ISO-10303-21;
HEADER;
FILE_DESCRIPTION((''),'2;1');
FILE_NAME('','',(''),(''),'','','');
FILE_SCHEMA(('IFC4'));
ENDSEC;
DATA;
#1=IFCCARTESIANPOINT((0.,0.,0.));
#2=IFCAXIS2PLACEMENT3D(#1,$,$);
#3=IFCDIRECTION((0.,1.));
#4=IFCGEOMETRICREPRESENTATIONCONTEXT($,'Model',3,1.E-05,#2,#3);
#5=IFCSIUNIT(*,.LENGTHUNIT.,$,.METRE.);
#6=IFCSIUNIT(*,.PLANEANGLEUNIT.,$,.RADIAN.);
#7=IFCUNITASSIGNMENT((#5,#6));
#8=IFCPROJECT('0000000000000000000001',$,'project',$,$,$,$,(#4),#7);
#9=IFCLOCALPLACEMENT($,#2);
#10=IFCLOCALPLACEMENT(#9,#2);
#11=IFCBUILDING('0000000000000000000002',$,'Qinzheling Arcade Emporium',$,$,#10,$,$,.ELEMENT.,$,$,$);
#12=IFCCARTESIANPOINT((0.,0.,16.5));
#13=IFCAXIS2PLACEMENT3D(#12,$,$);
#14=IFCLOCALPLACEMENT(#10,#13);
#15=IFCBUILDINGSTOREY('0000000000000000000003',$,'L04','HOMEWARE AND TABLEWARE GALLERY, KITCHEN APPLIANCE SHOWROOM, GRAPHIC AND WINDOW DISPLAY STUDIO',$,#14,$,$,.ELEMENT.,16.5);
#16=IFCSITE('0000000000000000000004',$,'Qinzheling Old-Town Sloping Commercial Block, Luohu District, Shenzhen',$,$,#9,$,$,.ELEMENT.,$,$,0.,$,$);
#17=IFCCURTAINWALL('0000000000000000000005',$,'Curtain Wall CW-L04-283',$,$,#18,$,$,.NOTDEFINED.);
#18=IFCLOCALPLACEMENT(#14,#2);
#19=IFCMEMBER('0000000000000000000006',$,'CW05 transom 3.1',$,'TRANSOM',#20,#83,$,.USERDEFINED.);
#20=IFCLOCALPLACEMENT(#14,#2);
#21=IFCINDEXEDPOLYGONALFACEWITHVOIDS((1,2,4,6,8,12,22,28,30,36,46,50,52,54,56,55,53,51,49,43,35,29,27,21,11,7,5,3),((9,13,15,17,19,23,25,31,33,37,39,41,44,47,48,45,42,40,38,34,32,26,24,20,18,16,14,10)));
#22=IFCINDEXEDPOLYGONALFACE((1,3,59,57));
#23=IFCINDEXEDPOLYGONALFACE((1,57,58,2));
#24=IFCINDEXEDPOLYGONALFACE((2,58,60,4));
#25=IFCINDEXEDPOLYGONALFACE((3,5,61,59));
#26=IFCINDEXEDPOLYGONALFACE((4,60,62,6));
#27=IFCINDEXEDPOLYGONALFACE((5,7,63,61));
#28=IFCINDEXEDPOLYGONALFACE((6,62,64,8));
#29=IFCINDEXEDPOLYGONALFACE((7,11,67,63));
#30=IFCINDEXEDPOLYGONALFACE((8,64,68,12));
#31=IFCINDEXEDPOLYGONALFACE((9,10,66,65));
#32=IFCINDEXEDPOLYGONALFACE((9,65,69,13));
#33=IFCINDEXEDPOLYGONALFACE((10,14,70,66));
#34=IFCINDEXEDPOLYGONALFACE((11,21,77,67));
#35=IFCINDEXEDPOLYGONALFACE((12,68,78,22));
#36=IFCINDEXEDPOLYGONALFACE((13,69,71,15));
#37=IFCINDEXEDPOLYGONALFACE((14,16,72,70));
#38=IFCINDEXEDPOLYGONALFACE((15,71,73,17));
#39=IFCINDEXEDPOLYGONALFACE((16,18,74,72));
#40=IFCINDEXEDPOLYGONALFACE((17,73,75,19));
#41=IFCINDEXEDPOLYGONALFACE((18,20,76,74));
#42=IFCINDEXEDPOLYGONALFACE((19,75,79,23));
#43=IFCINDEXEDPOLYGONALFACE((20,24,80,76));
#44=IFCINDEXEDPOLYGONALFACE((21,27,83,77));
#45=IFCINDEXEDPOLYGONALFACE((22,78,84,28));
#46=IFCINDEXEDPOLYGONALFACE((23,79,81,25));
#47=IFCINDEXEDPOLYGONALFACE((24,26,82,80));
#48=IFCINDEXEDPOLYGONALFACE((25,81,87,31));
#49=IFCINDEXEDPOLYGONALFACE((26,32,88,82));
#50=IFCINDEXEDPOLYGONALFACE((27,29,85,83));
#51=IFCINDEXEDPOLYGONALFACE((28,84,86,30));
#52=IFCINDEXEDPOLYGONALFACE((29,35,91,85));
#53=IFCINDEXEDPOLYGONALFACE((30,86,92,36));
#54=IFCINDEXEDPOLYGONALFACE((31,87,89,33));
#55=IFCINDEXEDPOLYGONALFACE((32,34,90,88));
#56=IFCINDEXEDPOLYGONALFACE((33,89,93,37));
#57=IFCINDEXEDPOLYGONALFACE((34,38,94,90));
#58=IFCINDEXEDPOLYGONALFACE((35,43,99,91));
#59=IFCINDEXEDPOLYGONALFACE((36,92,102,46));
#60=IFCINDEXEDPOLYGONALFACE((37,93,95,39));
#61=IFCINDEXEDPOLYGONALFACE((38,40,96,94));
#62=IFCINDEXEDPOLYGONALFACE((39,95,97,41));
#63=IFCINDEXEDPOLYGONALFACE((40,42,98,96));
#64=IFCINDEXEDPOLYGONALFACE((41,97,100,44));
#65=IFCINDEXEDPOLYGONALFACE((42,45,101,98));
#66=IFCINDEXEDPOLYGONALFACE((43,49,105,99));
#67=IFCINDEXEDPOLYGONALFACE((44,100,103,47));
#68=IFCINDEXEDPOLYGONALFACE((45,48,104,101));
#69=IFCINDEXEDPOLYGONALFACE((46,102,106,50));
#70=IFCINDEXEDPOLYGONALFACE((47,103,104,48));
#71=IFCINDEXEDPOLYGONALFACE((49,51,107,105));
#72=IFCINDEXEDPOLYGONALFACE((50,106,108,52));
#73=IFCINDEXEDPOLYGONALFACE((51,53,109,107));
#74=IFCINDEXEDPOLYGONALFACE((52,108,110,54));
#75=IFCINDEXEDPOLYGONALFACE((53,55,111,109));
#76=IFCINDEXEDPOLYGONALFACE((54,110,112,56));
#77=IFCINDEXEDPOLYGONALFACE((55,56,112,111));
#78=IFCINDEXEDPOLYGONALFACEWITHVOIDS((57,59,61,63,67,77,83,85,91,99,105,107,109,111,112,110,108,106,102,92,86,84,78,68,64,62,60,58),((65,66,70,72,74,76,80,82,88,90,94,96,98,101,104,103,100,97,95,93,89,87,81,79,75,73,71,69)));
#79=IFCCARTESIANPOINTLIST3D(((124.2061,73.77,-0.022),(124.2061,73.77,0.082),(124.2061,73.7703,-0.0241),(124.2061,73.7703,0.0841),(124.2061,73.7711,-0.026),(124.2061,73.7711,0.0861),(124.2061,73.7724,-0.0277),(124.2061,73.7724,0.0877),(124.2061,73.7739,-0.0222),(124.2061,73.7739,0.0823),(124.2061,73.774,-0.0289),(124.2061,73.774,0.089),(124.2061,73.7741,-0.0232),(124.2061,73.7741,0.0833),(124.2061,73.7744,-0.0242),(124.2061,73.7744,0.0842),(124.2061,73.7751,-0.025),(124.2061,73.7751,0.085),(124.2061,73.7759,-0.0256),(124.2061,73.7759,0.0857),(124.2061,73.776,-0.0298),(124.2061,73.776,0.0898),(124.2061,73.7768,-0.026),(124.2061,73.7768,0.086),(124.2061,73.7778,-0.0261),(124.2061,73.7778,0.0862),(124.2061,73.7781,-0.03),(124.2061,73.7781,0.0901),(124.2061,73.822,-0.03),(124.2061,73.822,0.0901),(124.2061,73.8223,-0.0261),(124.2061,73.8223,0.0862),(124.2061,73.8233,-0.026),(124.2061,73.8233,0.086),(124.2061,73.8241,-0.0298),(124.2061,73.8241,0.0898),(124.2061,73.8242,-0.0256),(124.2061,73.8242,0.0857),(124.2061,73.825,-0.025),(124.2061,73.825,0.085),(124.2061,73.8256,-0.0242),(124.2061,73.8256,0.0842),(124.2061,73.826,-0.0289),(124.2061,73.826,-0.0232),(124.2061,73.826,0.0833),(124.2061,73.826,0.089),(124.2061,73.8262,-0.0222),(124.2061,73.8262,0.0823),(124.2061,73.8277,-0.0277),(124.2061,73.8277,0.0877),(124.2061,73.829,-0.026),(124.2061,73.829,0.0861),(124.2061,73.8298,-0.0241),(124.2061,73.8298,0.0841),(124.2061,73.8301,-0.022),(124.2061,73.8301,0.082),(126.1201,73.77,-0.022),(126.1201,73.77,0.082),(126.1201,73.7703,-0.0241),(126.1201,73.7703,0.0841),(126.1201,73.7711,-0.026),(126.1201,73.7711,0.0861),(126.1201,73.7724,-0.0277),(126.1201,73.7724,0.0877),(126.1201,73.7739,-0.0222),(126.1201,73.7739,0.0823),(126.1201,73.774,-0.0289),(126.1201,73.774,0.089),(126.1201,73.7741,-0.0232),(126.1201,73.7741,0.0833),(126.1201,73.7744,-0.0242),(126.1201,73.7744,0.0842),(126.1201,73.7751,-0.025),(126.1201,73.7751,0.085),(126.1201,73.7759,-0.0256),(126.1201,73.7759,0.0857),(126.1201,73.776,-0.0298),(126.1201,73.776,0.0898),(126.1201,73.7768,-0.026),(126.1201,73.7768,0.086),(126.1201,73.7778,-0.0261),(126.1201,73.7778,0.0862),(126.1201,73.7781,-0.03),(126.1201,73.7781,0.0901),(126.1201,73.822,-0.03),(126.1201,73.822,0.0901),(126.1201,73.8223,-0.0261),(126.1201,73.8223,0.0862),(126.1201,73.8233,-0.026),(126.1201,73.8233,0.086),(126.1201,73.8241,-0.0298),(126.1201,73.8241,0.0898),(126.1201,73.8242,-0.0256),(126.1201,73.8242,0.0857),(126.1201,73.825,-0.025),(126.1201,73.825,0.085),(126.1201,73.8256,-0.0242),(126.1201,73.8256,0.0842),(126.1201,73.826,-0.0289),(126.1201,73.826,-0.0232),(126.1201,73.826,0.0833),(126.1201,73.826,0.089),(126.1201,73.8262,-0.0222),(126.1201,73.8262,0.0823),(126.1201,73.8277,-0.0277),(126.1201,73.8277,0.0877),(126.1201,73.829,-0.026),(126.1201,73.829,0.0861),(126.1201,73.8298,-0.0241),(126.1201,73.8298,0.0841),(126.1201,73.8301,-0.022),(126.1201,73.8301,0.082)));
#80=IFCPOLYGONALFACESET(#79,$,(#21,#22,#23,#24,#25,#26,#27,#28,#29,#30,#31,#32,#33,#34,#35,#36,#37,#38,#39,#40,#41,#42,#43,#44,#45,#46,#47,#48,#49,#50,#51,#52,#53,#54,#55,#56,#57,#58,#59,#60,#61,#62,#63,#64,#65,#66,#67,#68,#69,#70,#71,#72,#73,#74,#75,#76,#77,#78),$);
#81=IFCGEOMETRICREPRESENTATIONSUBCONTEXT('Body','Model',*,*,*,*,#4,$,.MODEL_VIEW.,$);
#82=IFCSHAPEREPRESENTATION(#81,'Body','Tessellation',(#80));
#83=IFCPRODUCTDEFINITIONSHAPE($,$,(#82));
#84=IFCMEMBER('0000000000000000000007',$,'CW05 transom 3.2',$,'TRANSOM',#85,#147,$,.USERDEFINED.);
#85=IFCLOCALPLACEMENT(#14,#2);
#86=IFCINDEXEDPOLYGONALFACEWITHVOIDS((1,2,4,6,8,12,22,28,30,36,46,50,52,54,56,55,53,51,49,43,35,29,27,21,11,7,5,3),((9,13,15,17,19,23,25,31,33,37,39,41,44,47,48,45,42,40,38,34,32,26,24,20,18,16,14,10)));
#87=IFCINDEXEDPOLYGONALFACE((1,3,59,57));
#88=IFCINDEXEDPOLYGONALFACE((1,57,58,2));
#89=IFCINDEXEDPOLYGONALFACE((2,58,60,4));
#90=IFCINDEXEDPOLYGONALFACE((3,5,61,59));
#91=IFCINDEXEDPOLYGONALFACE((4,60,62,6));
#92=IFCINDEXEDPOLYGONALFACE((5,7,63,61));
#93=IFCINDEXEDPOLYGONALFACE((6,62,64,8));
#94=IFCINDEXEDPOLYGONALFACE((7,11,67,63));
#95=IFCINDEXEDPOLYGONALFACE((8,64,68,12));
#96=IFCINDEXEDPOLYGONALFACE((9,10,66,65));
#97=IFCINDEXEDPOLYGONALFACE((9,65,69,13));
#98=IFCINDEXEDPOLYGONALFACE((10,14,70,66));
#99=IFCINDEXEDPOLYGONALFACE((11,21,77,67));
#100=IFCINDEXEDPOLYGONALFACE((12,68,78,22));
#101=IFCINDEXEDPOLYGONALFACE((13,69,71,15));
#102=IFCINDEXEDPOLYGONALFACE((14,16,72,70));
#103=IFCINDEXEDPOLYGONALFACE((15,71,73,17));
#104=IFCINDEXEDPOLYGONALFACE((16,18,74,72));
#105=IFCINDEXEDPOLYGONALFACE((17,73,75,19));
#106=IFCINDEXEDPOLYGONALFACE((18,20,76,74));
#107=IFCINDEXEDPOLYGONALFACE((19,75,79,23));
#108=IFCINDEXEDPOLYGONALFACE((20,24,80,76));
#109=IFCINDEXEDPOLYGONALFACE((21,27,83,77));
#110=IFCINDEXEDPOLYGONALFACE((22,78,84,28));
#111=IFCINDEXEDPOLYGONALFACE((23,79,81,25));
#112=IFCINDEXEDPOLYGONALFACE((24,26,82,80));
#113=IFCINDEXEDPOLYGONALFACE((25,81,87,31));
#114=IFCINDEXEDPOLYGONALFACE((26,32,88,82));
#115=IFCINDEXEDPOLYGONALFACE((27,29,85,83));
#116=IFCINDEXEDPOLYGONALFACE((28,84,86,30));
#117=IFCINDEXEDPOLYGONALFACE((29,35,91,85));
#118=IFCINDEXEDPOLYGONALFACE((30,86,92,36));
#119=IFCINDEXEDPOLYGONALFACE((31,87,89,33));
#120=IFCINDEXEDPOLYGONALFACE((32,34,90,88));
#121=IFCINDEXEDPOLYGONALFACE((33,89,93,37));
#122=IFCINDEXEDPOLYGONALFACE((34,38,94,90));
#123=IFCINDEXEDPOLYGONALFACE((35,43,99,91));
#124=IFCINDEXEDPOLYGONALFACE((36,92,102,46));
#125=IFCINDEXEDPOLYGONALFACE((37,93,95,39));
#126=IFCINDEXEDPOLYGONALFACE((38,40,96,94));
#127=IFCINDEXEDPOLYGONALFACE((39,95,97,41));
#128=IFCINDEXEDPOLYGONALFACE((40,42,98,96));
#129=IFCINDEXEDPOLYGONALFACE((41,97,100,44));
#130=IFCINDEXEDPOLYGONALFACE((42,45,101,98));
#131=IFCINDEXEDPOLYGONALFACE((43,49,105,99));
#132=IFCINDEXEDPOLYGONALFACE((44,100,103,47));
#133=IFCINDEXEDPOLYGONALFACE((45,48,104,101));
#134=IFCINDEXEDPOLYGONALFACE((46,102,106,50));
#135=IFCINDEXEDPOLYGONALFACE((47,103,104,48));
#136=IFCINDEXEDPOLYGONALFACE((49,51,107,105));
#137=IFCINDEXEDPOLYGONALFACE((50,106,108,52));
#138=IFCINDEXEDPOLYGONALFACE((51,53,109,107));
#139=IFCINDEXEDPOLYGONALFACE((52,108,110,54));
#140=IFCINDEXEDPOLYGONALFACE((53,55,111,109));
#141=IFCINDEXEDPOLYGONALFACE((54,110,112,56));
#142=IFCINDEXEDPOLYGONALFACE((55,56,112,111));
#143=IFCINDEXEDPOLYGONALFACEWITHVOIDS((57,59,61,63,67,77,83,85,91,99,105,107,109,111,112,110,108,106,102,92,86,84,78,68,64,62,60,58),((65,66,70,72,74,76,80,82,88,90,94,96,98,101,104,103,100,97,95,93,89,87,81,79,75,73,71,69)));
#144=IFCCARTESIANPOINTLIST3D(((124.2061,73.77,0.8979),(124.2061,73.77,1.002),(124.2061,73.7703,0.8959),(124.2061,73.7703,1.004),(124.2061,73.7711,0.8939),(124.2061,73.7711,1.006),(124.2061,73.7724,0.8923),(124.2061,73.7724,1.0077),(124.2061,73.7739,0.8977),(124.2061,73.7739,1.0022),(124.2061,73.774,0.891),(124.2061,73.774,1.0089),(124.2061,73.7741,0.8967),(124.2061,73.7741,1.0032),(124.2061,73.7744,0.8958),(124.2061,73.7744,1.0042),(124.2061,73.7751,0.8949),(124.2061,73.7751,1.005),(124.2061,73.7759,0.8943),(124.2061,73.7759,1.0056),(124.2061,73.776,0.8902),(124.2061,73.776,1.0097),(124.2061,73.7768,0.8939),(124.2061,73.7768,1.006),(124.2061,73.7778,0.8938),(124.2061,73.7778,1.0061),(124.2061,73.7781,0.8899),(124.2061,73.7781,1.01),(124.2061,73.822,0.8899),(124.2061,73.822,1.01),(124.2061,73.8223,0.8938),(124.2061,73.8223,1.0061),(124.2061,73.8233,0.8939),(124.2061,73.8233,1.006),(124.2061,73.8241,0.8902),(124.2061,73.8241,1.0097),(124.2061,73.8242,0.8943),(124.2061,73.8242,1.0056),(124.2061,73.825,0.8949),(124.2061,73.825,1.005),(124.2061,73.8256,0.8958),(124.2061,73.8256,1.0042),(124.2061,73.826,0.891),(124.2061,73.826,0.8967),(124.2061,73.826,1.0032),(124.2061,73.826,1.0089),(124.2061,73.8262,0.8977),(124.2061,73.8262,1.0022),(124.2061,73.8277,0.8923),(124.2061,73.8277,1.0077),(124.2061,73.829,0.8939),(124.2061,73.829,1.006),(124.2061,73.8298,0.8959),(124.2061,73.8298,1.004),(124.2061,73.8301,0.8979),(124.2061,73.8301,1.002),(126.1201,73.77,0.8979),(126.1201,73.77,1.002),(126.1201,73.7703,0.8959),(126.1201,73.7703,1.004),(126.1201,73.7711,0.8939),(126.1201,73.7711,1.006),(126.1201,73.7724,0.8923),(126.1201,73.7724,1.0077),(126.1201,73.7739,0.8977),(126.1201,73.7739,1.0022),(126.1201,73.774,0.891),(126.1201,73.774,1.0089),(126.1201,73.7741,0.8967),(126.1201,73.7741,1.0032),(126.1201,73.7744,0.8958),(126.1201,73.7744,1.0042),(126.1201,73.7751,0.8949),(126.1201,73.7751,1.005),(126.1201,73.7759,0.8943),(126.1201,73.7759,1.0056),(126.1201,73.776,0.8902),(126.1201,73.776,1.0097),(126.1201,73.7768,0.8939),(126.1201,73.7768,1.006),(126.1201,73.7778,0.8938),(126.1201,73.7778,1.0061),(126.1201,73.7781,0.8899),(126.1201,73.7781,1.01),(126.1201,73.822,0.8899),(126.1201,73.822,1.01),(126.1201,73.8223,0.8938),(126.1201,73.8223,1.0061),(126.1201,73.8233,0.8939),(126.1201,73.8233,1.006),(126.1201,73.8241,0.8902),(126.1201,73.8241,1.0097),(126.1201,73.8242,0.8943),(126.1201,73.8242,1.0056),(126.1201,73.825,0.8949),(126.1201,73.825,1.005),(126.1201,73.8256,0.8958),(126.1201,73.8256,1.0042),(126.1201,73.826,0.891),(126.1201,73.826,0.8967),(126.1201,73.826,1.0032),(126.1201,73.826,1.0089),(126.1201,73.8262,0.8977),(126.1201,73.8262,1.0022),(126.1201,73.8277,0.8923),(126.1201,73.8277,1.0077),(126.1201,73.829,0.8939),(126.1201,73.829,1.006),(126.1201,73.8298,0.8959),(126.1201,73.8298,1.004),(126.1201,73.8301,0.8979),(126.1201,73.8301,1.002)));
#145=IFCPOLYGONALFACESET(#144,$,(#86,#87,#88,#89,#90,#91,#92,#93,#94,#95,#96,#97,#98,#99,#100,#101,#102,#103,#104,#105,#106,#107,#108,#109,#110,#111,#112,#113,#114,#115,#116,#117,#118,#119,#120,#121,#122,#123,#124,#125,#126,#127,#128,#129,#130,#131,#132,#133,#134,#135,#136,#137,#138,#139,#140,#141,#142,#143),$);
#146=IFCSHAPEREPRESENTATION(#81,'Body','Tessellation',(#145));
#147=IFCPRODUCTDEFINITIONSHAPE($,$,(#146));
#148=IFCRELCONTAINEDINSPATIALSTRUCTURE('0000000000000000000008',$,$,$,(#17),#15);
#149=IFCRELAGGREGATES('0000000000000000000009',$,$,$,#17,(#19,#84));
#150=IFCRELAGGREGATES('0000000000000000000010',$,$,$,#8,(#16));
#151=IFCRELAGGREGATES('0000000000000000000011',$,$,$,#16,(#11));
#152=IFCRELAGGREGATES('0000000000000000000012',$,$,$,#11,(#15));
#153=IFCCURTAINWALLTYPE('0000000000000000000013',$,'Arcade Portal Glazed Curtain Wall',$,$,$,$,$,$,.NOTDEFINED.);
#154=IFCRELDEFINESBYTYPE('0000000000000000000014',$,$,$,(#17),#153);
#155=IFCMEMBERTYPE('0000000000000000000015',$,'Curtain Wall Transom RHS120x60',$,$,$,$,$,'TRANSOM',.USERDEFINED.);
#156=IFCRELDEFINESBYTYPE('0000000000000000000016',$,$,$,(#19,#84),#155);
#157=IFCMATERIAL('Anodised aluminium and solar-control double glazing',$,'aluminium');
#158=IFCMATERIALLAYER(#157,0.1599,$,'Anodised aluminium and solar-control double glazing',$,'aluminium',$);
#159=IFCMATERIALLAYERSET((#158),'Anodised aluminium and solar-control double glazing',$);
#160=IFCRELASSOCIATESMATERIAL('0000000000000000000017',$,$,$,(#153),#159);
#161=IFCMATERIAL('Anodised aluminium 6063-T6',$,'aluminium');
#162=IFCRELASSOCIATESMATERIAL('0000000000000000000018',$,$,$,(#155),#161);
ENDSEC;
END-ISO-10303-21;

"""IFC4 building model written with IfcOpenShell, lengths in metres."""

from ifc_helpers import new_model, si_unit, direction, frame, origin, origin_2d, place, context, subcontext, project, spatial, hollow_rectangle, extrude, material, layer, layer_set, material_profile, profile_set, type_object, element, aggregate, save


model = new_model("IFC4")

# Units and contexts
model_context = context("Model", 3, precision=1e-05, world=origin(), true_north=direction((0.0, 1.0)))
body_context = subcontext(model_context, "Body", "Model", "MODEL_VIEW")
ifc_project = project(units=[si_unit("LENGTHUNIT", "METRE"), si_unit("PLANEANGLEUNIT", "RADIAN")], contexts=[model_context])

# Site, building, storey
site_placement = place(None, origin())
site = spatial("IfcSite", under=ifc_project, at=site_placement, Name="Qinzheling Old-Town Sloping Commercial Block, Luohu District, Shenzhen", CompositionType="ELEMENT", RefElevation=0.0)
building_placement = place(site_placement, origin())
building = spatial("IfcBuilding", under=site, at=building_placement, Name="Qinzheling Arcade Emporium", CompositionType="ELEMENT")
storey_placement = place(building_placement, frame((0.0, 0.0, 16.5)))
storey = spatial("IfcBuildingStorey", under=building, at=storey_placement, Name="L04", Description="HOMEWARE AND TABLEWARE GALLERY, KITCHEN APPLIANCE SHOWROOM, GRAPHIC AND WINDOW DISPLAY STUDIO", CompositionType="ELEMENT", Elevation=16.5)

# Shared definitions
ifc_material_1 = material(Name="Anodised aluminium and solar-control double glazing", Category="aluminium")
ifc_layer_1 = layer(ifc_material_1, 0.1599, Name="Anodised aluminium and solar-control double glazing", Category="aluminium")
ifc_layer_set_1 = layer_set([ifc_layer_1], Name="Anodised aluminium and solar-control double glazing")
curtain_wall_type = type_object("IfcCurtainWallType", Name="Arcade Portal Glazed Curtain Wall", PredefinedType="NOTDEFINED", material=ifc_layer_set_1)
ifc_material_2 = material(Name="Anodised aluminium 6063-T6", Category="aluminium")

# Curtain wall, members
curtain_wall_1_placement = place(storey_placement, origin())
curtain_wall_1 = element("IfcCurtainWall", 1, at=curtain_wall_1_placement, inside=storey, type_object=curtain_wall_type, Name="Curtain Wall CW-L04-283", PredefinedType="NOTDEFINED")
ifc_material_profile_1 = material_profile(ifc_material_2, hollow_rectangle(XDim=0.0601, YDim=0.1201, WallThickness=0.0039, InnerFilletRadius=0.0039, OuterFilletRadius=0.0081, at=origin_2d()), Name="RHS 120x60x4", Category="aluminium")
ifc_profile_set_1 = profile_set([ifc_material_profile_1], Name="Anodised aluminium 6063-T6")
member_type_1 = type_object("IfcMemberType", Name="Curtain Wall Transom RHS120x60", ElementType="TRANSOM", PredefinedType="USERDEFINED", material=ifc_profile_set_1)
member_1_placement = place(storey_placement, frame((126.1201, 73.8, 0.03), z_axis=(-1.0, 0.0, 0.0), x_axis=(0.0, -1.0, 0.0)))
member_1 = element("IfcMember", 2, at=member_1_placement, type_object=member_type_1, Name="CW05 transom 3.1", ObjectType="TRANSOM", PredefinedType="USERDEFINED", context=body_context, shape_type="SweptSolid", body=[
    extrude(hollow_rectangle(XDim=0.0601, YDim=0.1201, WallThickness=0.0039, InnerFilletRadius=0.0039, OuterFilletRadius=0.0081, at=origin_2d()), origin(), (0.0, 0.0, 1.0), 1.9141),
])
member_2_placement = place(storey_placement, frame((126.1201, 73.8, 0.95), z_axis=(-1.0, 0.0, 0.0), x_axis=(0.0, -1.0, 0.0)))
member_2 = element("IfcMember", 3, at=member_2_placement, type_object=member_type_1, Name="CW05 transom 3.2", ObjectType="TRANSOM", PredefinedType="USERDEFINED", context=body_context, shape_type="SweptSolid", body=[
    extrude(hollow_rectangle(XDim=0.0601, YDim=0.1201, WallThickness=0.0039, InnerFilletRadius=0.0039, OuterFilletRadius=0.0081, at=origin_2d()), origin(), (0.0, 0.0, 1.0), 1.9141),
])

aggregate(curtain_wall_1, [member_1, member_2])

save(model, "model.ifc")
